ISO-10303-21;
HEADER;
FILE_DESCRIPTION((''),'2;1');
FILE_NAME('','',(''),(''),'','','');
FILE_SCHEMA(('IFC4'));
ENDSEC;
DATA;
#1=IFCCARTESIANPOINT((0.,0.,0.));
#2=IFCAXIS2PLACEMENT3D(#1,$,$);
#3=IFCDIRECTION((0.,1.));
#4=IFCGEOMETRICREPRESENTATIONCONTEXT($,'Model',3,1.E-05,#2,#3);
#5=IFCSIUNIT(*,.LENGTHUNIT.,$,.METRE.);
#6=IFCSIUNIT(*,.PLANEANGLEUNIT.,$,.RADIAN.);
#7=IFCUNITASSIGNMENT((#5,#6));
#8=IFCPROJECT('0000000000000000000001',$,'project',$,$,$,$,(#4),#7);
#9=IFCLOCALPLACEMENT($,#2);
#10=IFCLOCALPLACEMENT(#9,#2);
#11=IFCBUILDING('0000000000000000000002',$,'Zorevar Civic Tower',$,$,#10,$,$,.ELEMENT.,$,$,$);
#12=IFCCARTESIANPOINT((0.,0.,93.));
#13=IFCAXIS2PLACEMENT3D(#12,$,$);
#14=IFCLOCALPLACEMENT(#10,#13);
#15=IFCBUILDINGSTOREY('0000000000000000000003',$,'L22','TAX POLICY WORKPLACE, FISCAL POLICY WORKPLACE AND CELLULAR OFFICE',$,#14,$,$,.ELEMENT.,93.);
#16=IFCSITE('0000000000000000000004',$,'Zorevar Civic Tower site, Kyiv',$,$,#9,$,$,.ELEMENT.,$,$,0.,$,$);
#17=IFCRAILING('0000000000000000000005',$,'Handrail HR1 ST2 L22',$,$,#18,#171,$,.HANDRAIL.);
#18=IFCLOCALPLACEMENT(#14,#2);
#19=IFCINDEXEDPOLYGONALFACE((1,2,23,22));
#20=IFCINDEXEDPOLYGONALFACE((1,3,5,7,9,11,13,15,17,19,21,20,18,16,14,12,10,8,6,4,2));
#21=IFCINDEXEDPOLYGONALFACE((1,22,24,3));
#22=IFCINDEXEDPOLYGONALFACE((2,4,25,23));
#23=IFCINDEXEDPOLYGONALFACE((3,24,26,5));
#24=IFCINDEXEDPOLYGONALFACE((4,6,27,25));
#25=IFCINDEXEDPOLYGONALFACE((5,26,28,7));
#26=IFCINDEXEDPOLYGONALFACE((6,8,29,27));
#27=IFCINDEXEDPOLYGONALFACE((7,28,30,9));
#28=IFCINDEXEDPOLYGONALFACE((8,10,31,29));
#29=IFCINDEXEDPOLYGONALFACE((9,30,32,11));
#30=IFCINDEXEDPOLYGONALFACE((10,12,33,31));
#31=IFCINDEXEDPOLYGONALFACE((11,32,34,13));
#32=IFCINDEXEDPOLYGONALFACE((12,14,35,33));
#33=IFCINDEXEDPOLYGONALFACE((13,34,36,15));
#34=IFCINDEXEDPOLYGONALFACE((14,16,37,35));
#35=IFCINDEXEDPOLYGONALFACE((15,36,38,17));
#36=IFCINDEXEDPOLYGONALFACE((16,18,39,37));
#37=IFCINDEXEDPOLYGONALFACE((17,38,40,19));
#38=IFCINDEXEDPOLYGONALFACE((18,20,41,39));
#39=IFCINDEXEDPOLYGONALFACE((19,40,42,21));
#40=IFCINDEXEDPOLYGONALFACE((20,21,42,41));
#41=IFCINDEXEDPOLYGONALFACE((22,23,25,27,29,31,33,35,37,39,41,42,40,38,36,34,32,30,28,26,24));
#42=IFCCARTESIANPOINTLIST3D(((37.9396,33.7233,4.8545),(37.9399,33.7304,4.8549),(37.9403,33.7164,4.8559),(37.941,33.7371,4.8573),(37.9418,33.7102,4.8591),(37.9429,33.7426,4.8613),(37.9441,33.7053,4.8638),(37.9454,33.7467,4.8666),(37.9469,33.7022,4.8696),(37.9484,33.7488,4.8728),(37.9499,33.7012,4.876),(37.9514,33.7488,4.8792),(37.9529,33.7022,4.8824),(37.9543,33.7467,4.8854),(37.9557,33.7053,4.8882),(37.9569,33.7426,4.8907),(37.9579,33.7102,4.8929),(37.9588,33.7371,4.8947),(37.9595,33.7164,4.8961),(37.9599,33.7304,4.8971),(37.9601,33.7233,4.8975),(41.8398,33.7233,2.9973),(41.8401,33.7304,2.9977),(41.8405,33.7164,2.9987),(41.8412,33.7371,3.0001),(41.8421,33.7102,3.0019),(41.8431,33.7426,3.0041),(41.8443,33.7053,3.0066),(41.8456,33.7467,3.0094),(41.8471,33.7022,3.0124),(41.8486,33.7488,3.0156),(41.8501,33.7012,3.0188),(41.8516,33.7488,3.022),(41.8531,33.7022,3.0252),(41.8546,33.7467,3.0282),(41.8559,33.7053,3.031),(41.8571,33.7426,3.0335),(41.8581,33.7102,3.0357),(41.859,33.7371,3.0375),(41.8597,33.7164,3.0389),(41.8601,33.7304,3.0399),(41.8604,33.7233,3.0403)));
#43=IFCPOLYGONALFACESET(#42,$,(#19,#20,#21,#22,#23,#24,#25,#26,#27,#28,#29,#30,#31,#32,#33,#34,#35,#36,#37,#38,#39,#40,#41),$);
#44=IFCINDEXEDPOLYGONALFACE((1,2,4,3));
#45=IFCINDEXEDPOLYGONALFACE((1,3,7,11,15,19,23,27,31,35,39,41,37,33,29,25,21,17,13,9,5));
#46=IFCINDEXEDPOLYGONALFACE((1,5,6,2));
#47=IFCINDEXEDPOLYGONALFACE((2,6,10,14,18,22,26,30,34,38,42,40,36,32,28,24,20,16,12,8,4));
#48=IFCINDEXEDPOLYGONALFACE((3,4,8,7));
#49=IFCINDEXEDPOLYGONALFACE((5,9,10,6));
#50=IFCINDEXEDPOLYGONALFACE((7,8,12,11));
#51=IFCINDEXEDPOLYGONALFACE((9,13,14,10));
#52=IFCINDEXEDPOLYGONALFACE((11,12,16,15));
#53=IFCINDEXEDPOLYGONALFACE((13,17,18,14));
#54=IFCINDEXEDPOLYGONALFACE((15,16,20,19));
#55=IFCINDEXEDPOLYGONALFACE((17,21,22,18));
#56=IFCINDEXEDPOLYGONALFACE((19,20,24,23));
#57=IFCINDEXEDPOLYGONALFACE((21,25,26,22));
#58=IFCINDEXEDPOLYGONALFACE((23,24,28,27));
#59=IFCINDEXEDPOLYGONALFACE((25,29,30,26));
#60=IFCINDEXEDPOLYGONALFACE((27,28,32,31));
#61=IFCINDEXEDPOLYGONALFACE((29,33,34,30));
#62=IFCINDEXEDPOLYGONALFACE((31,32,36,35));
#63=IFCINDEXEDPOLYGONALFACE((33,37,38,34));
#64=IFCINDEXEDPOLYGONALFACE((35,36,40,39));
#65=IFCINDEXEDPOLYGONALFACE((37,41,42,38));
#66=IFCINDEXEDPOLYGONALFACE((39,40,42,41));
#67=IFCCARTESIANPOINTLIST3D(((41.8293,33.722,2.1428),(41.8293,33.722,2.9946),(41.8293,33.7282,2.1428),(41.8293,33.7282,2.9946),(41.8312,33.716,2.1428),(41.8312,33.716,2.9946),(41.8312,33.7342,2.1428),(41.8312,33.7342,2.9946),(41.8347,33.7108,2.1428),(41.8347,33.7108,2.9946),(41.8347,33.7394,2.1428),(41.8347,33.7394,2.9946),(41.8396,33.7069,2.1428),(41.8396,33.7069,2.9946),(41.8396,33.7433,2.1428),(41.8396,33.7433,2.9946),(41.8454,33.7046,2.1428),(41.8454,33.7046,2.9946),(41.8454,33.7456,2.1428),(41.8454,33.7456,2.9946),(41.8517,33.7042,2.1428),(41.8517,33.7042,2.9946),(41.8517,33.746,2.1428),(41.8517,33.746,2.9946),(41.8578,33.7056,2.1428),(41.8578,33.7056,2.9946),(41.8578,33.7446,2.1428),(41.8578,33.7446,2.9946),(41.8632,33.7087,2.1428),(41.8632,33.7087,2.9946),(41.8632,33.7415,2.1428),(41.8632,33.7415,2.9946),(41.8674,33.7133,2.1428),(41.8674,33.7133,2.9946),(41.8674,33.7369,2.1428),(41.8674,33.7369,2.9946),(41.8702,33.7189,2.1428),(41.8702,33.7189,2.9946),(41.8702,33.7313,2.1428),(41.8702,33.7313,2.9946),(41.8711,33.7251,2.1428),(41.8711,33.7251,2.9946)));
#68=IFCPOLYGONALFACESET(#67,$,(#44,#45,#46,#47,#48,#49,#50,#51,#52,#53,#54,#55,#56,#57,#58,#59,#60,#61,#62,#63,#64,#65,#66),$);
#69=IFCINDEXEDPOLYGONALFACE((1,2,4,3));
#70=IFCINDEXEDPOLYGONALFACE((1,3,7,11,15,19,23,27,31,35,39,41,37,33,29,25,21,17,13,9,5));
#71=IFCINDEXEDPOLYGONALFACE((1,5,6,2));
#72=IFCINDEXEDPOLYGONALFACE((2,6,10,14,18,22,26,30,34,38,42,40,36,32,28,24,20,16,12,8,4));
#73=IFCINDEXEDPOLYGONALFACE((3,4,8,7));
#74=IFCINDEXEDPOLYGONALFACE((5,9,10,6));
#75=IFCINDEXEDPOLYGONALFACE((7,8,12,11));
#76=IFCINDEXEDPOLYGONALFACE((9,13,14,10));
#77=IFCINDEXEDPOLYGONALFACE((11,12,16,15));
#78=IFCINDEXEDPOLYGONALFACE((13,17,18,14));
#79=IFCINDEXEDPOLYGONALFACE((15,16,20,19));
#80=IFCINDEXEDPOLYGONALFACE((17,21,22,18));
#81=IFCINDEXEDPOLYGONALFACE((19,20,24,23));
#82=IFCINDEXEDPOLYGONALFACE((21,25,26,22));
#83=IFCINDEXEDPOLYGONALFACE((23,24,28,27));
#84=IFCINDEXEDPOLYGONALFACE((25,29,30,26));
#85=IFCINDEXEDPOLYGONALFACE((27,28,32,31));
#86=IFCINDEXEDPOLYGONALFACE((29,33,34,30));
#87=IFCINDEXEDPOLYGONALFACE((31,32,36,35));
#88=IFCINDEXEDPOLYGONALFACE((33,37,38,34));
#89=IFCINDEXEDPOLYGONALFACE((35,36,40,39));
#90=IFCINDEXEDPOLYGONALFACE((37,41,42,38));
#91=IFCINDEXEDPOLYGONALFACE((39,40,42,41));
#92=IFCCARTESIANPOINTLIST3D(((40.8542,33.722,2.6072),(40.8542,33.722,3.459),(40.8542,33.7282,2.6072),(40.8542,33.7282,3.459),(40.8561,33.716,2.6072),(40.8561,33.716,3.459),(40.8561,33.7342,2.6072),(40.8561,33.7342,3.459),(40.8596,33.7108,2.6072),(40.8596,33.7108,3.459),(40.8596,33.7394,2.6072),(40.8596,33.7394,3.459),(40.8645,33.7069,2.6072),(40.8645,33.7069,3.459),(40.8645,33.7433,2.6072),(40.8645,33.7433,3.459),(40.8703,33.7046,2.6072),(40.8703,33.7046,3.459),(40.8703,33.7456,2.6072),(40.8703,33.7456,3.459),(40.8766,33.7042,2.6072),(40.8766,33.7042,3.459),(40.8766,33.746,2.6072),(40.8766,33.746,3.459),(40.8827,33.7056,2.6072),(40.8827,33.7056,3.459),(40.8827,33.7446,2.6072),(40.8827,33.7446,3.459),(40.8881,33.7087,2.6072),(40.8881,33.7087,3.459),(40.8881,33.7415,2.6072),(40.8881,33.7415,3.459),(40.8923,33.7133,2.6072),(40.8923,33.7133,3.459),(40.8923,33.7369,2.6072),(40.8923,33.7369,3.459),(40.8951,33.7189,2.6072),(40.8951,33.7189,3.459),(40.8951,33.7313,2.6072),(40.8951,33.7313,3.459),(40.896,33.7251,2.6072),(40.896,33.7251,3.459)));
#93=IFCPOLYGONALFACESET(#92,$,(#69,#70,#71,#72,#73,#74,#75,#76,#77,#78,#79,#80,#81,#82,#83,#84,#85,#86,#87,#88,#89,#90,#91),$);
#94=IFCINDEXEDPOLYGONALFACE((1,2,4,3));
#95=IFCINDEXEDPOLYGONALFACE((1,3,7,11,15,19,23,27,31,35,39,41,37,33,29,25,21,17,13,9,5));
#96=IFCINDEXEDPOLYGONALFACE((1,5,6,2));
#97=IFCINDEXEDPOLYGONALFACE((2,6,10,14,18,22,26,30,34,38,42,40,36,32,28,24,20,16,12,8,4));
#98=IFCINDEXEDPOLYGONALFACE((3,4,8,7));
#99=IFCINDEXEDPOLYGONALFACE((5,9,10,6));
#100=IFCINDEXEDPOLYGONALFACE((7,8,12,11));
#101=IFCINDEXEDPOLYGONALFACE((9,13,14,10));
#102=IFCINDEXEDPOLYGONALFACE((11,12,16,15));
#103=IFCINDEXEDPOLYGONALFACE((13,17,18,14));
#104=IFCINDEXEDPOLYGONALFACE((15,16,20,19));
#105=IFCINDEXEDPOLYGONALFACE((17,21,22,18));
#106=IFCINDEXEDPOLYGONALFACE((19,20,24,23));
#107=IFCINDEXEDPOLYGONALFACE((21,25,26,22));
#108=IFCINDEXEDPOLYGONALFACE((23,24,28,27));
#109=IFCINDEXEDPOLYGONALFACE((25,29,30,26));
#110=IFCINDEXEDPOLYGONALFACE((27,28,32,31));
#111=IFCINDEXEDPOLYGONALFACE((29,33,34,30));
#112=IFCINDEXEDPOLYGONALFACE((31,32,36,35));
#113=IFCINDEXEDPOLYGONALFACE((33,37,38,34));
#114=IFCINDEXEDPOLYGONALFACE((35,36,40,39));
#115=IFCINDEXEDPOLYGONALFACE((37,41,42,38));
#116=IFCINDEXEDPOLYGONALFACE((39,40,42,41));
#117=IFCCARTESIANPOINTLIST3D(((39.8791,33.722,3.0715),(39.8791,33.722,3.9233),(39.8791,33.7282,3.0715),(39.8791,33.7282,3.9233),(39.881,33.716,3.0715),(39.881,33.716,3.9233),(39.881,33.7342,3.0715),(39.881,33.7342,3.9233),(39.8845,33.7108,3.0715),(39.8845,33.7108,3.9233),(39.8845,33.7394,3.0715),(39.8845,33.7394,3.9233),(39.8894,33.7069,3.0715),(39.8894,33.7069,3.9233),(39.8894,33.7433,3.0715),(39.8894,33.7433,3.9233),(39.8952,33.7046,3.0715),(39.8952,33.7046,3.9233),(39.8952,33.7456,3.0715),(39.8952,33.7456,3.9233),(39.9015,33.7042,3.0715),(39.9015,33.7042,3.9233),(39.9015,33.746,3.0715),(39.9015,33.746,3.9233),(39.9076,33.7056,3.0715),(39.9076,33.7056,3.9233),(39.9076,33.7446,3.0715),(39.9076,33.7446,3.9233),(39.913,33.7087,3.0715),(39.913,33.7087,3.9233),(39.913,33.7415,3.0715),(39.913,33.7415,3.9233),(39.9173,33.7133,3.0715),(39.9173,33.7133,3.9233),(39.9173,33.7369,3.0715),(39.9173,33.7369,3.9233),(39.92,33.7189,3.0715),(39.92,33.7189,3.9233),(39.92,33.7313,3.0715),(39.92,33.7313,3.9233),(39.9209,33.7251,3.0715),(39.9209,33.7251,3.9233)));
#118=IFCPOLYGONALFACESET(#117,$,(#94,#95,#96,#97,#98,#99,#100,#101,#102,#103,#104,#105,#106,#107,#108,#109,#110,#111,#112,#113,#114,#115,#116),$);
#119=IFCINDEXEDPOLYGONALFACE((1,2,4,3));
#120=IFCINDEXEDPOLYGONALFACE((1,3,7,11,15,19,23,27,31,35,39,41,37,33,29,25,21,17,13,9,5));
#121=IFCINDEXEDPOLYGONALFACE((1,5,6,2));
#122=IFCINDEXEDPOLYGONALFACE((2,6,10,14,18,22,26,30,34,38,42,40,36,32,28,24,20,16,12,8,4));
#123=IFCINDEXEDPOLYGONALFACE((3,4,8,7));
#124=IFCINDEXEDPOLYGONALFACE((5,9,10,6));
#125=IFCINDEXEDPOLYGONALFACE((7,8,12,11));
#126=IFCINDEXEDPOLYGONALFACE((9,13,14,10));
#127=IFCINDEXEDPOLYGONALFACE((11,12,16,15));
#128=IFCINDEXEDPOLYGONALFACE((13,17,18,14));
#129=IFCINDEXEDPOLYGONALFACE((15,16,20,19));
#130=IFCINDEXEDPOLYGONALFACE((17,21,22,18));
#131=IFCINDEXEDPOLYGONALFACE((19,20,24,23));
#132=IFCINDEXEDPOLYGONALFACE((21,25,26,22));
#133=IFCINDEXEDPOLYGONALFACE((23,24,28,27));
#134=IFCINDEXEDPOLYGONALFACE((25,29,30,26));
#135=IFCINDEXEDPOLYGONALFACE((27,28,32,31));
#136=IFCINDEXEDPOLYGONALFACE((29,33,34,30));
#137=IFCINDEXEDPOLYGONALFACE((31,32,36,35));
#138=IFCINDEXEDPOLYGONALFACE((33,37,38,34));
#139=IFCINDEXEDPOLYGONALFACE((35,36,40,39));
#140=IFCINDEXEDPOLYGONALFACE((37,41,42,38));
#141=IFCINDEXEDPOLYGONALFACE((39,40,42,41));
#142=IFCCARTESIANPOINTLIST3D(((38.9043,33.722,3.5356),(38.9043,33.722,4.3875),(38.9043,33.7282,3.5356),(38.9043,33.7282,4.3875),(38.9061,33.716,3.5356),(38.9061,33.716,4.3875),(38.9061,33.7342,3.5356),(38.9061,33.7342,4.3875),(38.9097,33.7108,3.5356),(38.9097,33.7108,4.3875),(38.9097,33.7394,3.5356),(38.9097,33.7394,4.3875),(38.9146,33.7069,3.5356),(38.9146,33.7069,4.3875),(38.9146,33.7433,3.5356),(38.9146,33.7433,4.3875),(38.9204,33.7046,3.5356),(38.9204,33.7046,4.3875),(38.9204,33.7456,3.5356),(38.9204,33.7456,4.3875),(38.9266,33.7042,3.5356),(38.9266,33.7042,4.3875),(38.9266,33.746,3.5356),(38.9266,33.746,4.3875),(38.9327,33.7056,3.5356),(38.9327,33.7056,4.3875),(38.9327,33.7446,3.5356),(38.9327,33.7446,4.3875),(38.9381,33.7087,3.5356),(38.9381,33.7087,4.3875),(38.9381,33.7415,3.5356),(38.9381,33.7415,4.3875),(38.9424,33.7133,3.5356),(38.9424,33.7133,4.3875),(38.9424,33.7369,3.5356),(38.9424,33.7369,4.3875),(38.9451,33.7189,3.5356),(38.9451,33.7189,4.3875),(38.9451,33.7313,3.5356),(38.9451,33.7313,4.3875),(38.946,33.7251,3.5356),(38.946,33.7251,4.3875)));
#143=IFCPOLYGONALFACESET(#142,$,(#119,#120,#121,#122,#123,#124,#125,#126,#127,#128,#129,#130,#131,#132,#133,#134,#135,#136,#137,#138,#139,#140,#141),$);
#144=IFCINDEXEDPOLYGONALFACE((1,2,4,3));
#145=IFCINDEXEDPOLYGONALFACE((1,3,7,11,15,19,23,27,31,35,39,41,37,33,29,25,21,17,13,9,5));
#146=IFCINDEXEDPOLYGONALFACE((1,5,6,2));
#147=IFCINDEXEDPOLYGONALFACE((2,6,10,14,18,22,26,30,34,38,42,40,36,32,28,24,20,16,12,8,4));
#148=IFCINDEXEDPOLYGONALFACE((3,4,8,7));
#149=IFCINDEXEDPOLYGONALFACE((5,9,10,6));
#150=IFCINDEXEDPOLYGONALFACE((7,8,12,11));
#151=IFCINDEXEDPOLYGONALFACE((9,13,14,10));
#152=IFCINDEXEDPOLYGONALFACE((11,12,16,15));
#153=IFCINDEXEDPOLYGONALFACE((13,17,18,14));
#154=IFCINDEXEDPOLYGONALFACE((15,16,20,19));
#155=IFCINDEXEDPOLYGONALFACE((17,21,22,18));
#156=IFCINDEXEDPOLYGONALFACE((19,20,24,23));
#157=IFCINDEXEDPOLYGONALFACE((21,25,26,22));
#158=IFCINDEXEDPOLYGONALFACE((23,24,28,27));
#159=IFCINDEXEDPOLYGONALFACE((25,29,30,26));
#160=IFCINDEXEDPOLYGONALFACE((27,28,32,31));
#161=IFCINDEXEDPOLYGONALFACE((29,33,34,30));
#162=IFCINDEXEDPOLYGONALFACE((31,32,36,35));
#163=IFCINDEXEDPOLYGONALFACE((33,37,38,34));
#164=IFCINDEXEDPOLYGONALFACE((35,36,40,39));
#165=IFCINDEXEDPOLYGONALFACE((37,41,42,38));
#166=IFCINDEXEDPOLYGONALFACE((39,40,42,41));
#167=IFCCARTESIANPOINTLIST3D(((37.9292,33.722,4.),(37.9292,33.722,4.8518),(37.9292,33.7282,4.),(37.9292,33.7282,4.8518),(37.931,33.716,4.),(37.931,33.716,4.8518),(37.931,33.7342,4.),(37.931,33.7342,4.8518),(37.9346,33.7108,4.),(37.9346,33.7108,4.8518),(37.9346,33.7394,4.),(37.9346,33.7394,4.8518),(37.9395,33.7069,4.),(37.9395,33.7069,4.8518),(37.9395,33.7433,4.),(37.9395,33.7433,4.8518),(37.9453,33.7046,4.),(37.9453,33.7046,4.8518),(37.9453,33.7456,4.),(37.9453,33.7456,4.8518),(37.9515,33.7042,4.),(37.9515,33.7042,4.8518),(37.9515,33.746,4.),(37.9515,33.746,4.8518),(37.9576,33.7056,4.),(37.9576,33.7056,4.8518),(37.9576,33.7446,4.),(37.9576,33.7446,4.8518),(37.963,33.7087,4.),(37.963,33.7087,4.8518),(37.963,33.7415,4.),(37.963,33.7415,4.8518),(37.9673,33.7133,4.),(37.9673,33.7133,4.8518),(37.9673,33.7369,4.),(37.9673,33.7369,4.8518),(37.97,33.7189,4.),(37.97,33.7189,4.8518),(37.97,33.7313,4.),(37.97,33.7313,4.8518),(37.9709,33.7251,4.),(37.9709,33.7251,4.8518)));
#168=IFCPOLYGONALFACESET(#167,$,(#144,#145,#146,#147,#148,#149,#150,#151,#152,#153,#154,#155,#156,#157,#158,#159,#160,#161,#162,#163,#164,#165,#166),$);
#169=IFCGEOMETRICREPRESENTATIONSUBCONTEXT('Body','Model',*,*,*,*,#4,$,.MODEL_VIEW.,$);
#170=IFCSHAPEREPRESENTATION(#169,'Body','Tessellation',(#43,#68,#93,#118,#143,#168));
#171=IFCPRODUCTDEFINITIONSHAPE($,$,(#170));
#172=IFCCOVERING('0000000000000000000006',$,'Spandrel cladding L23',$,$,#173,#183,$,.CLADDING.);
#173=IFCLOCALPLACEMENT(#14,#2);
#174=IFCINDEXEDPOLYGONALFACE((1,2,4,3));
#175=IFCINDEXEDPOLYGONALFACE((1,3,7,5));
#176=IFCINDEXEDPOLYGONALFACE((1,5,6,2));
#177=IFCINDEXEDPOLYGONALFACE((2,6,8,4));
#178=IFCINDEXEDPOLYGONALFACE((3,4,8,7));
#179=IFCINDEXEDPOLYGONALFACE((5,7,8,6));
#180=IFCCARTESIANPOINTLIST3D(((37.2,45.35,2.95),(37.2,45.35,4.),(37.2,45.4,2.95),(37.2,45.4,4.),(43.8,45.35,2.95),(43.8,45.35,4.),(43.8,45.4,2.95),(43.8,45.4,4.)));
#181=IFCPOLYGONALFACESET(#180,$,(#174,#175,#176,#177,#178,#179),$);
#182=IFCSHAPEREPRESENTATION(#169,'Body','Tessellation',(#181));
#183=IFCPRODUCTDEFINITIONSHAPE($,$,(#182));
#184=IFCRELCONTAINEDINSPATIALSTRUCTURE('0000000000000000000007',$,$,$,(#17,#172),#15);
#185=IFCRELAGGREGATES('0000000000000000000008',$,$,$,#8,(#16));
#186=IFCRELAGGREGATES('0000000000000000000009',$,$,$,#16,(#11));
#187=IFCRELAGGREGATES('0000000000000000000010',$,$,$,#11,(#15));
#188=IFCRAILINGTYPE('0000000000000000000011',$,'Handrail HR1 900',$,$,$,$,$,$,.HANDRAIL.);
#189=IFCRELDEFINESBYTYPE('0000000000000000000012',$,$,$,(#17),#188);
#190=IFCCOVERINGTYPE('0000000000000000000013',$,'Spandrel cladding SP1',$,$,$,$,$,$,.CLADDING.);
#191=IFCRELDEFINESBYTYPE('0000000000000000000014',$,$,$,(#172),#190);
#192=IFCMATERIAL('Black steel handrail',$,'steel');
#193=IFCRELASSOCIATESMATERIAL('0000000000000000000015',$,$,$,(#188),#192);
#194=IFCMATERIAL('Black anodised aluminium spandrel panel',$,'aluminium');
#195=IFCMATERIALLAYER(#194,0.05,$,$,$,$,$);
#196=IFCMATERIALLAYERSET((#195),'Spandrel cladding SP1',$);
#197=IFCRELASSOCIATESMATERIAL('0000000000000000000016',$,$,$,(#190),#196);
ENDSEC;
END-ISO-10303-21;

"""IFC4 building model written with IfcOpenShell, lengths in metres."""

from ifc_helpers import new_model, si_unit, direction, frame, frame_2d, origin, origin_2d, place, context, subcontext, project, spatial, rectangle, circle, extrude, material, layer, layer_set, type_object, element, save


model = new_model("IFC4")

# Units and contexts
model_context = context("Model", 3, precision=1e-05, world=origin(), true_north=direction((0.0, 1.0)))
body_context = subcontext(model_context, "Body", "Model", "MODEL_VIEW")
ifc_project = project(units=[si_unit("LENGTHUNIT", "METRE"), si_unit("PLANEANGLEUNIT", "RADIAN")], contexts=[model_context])

# Site, building, storey
site_placement = place(None, origin())
site = spatial("IfcSite", under=ifc_project, at=site_placement, Name="Zorevar Civic Tower site, Kyiv", CompositionType="ELEMENT", RefElevation=0.0)
building_placement = place(site_placement, origin())
building = spatial("IfcBuilding", under=site, at=building_placement, Name="Zorevar Civic Tower", CompositionType="ELEMENT")
storey_placement = place(building_placement, frame((0.0, 0.0, 93.0)))
storey = spatial("IfcBuildingStorey", under=building, at=storey_placement, Name="L22", Description="TAX POLICY WORKPLACE, FISCAL POLICY WORKPLACE AND CELLULAR OFFICE", CompositionType="ELEMENT", Elevation=93.0)

# Railing
ifc_material_1 = material(Name="Black steel handrail", Category="steel")
railing_type = type_object("IfcRailingType", Name="Handrail HR1 900", PredefinedType="HANDRAIL", material=ifc_material_1)
railing_1_placement = place(storey_placement, frame((41.8501, 33.7251, 2.1428)))
element("IfcRailing", 1, at=railing_1_placement, inside=storey, type_object=railing_type, Name="Handrail HR1 ST2 L22", PredefinedType="HANDRAIL", context=body_context, shape_type="SweptSolid", body=[
    extrude(circle(Radius=0.0239, at=origin_2d()), frame((0.0, 0.0, 0.876), z_axis=(-0.902864, 0.0, 0.429927), x_axis=(0.0, -1.0, 0.0)), (0.0, 0.0, 1.0), 4.3198),
    extrude(circle(Radius=0.021, at=origin_2d()), origin(), (0.0, 0.0, 1.0), 0.8518),
    extrude(circle(Radius=0.021, at=origin_2d()), frame((-0.9751, 0.0, 0.4644)), (0.0, 0.0, 1.0), 0.8518),
    extrude(circle(Radius=0.021, at=origin_2d()), frame((-1.9502, 0.0, 0.9287)), (0.0, 0.0, 1.0), 0.8518),
    extrude(circle(Radius=0.021, at=origin_2d()), frame((-2.925, 0.0, 1.3928)), (0.0, 0.0, 1.0), 0.8518),
    extrude(circle(Radius=0.021, at=origin_2d()), frame((-3.9001, 0.0, 1.8572)), (0.0, 0.0, 1.0), 0.8518),
])

# Covering
ifc_material_2 = material(Name="Black anodised aluminium spandrel panel", Category="aluminium")
ifc_layer_1 = layer(ifc_material_2, 0.05)
ifc_layer_set_1 = layer_set([ifc_layer_1], Name="Spandrel cladding SP1")
covering_type = type_object("IfcCoveringType", Name="Spandrel cladding SP1", PredefinedType="CLADDING", material=ifc_layer_set_1)
covering_placement = place(storey_placement, frame((37.2, 45.375, 2.95), z_axis=(0.0, 0.0, 1.0), x_axis=(1.0, 0.0, 0.0)))
element("IfcCovering", 2, at=covering_placement, inside=storey, type_object=covering_type, Name="Spandrel cladding L23", PredefinedType="CLADDING", context=body_context, shape_type="SweptSolid", body=[
    extrude(rectangle(XDim=6.6001, YDim=0.05, at=frame_2d((3.3, 0.0))), origin(), (0.0, 0.0, 1.0), 1.05),
])

save(model, "model.ifc")
